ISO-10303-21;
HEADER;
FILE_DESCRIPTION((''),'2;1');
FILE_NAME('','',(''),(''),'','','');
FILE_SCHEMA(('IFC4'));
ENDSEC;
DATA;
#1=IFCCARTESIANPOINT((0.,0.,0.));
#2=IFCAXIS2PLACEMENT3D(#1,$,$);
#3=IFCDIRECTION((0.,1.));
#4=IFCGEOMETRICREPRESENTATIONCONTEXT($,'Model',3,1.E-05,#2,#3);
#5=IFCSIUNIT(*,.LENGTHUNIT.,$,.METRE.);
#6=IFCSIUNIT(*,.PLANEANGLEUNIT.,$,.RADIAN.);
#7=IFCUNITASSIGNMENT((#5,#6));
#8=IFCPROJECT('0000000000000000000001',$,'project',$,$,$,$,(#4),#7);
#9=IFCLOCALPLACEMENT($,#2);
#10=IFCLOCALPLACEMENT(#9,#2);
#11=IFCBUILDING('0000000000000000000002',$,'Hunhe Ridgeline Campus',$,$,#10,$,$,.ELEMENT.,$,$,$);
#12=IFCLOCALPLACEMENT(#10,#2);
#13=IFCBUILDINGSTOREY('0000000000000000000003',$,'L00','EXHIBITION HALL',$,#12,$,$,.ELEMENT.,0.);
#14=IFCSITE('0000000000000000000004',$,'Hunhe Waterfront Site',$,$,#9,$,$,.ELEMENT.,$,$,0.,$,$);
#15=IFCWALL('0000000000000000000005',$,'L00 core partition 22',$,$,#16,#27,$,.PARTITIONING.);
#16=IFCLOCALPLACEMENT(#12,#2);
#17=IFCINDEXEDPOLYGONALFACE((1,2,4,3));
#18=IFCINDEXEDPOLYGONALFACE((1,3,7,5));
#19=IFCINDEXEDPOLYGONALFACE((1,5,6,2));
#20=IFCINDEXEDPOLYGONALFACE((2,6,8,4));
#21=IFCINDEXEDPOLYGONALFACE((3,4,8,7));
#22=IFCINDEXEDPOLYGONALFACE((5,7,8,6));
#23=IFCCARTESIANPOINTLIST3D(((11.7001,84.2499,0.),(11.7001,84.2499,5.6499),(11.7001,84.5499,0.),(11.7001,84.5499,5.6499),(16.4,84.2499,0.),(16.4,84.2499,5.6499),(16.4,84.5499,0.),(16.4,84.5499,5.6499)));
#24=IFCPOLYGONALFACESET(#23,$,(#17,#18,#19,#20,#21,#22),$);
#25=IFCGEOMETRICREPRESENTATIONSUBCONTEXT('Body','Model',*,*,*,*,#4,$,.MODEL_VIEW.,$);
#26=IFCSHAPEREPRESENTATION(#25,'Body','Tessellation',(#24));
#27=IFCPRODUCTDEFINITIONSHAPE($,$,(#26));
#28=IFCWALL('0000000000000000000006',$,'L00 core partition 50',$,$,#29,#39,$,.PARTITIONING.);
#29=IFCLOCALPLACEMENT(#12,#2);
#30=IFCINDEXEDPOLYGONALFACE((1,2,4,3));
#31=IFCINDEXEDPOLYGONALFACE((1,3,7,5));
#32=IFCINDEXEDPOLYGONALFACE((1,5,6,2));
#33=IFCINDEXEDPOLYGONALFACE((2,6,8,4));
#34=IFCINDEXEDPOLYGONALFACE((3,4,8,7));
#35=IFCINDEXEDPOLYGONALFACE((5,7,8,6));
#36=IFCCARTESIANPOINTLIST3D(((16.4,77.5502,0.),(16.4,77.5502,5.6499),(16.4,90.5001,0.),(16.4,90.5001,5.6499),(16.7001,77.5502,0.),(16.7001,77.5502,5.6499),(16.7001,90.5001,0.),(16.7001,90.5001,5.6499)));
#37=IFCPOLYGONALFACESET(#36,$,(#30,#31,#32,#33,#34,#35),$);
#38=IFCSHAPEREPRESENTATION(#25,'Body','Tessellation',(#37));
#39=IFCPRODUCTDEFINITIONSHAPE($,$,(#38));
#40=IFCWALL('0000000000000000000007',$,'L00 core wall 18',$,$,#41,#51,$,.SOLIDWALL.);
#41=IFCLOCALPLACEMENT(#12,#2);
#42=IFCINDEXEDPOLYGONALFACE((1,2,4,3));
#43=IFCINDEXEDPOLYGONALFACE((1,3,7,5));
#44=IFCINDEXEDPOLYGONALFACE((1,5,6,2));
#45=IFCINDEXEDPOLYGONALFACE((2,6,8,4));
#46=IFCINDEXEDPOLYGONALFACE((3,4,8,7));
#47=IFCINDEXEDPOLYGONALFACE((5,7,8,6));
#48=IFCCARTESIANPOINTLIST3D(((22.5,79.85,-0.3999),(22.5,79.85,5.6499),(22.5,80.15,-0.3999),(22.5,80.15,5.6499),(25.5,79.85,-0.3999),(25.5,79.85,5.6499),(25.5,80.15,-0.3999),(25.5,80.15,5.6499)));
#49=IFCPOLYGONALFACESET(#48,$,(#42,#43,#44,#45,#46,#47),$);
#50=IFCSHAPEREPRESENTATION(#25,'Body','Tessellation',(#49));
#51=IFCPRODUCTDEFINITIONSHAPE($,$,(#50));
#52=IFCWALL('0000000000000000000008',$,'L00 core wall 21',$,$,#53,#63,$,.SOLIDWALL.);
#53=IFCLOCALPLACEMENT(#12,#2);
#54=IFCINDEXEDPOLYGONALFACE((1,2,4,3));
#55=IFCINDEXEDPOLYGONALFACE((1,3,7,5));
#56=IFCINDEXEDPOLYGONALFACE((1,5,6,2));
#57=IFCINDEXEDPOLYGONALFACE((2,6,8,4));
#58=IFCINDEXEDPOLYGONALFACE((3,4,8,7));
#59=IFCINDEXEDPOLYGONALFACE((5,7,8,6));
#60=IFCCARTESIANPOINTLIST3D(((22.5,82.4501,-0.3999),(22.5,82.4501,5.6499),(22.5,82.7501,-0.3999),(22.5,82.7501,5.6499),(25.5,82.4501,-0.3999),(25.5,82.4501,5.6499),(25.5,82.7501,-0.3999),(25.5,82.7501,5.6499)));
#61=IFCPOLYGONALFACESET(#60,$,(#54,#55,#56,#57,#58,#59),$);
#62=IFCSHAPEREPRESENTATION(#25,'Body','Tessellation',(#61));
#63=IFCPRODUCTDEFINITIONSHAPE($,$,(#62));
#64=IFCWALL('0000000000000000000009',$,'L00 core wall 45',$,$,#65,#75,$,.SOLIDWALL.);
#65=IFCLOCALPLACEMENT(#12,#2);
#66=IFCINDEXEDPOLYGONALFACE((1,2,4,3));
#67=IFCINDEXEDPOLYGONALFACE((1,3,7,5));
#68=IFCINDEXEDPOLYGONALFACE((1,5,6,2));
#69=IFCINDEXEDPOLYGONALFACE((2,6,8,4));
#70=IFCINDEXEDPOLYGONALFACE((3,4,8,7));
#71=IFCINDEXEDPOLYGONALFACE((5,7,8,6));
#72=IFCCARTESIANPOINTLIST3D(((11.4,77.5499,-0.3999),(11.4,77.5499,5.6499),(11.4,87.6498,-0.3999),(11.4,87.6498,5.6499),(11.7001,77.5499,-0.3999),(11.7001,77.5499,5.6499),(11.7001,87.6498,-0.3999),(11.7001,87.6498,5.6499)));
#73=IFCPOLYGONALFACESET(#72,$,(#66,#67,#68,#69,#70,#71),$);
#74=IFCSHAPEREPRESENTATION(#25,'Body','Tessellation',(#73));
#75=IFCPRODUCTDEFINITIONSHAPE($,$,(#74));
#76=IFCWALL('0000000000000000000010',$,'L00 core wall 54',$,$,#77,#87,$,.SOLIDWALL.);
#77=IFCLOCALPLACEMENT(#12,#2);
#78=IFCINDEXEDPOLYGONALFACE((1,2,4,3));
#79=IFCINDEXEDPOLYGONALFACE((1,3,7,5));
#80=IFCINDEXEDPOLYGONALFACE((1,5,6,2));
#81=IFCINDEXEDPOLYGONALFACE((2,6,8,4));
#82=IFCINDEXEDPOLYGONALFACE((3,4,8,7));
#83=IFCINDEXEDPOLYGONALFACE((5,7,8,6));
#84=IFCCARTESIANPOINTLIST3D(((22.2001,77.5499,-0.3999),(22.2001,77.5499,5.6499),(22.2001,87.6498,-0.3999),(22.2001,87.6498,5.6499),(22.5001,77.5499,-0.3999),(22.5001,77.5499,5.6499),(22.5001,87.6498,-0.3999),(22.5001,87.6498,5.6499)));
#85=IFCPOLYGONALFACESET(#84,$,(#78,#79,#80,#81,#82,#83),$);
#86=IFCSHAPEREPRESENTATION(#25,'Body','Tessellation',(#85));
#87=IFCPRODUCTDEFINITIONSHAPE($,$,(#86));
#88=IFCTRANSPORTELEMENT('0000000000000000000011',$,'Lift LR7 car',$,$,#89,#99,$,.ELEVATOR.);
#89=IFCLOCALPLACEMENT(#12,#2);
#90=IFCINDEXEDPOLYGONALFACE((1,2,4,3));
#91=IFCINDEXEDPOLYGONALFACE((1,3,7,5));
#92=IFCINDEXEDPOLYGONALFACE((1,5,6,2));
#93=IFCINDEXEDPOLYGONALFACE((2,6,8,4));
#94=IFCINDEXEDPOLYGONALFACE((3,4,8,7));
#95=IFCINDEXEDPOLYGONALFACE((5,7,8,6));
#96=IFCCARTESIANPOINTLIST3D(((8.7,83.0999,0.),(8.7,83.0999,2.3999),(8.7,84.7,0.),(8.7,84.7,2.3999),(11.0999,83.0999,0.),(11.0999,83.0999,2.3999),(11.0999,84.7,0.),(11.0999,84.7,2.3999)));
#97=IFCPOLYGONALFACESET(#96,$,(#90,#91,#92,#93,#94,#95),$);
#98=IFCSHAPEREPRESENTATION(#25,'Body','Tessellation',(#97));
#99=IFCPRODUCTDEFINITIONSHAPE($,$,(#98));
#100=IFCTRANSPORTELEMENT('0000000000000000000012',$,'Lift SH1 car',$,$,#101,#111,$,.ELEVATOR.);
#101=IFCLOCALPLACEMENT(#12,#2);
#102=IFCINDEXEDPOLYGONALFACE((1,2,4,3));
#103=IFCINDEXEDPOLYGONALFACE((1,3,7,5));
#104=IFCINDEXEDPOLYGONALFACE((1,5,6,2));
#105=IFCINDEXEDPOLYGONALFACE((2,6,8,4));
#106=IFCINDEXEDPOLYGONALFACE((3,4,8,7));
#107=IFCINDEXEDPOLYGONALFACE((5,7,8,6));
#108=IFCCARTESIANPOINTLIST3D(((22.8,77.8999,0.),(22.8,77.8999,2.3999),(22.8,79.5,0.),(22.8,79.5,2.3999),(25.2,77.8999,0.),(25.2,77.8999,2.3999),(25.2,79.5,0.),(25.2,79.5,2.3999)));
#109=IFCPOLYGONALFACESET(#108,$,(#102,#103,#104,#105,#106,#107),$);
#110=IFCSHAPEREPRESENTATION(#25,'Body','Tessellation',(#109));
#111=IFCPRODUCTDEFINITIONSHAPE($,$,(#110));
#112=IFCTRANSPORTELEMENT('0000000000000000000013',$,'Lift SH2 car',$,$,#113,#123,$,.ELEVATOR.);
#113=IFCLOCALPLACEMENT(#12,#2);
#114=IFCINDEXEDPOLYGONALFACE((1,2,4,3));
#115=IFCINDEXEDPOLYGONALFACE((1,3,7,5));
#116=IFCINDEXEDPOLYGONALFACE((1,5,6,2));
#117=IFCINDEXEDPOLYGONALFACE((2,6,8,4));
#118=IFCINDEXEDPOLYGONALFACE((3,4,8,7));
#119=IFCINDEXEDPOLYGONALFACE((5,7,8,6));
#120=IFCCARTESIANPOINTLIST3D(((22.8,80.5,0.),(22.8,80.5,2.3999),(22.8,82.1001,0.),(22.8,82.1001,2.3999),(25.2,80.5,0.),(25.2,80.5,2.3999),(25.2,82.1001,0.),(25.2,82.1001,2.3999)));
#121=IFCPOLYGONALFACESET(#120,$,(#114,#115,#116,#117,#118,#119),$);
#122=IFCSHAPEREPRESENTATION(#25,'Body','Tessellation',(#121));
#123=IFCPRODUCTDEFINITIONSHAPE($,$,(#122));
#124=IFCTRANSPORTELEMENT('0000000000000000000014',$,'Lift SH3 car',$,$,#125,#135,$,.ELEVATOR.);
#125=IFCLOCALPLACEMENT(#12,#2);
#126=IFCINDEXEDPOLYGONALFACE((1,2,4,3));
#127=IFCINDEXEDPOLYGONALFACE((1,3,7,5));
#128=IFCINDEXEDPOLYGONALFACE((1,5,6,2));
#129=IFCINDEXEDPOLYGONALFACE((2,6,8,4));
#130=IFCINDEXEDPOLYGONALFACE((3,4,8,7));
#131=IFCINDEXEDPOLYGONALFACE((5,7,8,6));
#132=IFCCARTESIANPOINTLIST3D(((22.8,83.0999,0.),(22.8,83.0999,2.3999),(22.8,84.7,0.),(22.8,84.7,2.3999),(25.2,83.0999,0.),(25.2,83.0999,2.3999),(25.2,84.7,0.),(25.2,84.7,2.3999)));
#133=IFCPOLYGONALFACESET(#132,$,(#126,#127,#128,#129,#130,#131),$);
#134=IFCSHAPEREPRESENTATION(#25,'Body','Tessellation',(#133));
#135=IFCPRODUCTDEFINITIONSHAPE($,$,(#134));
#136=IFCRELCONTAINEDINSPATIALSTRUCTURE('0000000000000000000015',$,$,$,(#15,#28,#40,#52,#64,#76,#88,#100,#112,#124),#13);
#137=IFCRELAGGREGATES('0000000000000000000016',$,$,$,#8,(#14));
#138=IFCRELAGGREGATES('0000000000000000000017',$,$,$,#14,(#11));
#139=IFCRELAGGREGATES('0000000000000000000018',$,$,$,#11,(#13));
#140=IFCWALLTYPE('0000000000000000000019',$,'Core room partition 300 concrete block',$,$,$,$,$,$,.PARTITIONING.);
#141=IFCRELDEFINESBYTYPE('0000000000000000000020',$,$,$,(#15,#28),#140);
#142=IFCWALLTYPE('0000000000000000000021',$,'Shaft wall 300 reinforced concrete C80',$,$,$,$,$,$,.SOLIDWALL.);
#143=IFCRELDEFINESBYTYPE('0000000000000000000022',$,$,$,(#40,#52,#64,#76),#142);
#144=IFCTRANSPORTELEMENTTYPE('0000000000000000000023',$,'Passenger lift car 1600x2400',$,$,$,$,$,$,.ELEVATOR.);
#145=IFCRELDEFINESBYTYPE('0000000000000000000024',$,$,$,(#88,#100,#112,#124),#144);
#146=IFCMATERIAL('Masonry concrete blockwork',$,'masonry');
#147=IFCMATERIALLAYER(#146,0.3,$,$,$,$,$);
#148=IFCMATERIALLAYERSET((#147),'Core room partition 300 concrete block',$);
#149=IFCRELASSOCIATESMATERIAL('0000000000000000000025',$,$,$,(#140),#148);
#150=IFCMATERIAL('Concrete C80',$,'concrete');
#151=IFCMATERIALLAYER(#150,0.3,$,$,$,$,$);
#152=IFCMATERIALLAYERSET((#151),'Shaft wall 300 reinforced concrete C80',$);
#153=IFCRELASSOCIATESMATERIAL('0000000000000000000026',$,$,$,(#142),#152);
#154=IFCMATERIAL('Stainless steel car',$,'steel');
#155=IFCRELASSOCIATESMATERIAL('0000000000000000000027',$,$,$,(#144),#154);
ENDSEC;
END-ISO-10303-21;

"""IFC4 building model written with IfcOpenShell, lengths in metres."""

from ifc_helpers import new_model, si_unit, direction, frame, frame_2d, origin, origin_2d, place, context, subcontext, project, spatial, rectangle, extrude, material, layer, layer_set, type_object, element, save


model = new_model("IFC4")

# Units and contexts
model_context = context("Model", 3, precision=1e-05, world=origin(), true_north=direction((0.0, 1.0)))
body_context = subcontext(model_context, "Body", "Model", "MODEL_VIEW")
ifc_project = project(units=[si_unit("LENGTHUNIT", "METRE"), si_unit("PLANEANGLEUNIT", "RADIAN")], contexts=[model_context])

# Site, building, storey
site_placement = place(None, origin())
site = spatial("IfcSite", under=ifc_project, at=site_placement, Name="Hunhe Waterfront Site", CompositionType="ELEMENT", RefElevation=0.0)
building_placement = place(site_placement, origin())
building = spatial("IfcBuilding", under=site, at=building_placement, Name="Hunhe Ridgeline Campus", CompositionType="ELEMENT")
storey_placement = place(building_placement, origin())
storey = spatial("IfcBuildingStorey", under=building, at=storey_placement, Name="L00", Description="EXHIBITION HALL", CompositionType="ELEMENT", Elevation=0.0)

# Shared definitions
ifc_material_1 = material(Name="Masonry concrete blockwork", Category="masonry")
ifc_layer_1 = layer(ifc_material_1, 0.3)
ifc_layer_set_1 = layer_set([ifc_layer_1], Name="Core room partition 300 concrete block")
wall_type_1 = type_object("IfcWallType", Name="Core room partition 300 concrete block", PredefinedType="PARTITIONING", material=ifc_layer_set_1)

# Walls
wall_1_placement = place(storey_placement, frame((11.7, 84.3999, 0.0), z_axis=(0.0, 0.0, 1.0), x_axis=(1.0, 0.0, 0.0)))
element("IfcWall", 1, at=wall_1_placement, inside=storey, type_object=wall_type_1, Name="L00 core partition 22", PredefinedType="PARTITIONING", context=body_context, shape_type="SweptSolid", body=[
    extrude(rectangle(XDim=4.7, YDim=0.3, at=frame_2d((2.3501, 0.0))), origin(), (0.0, 0.0, 1.0), 5.6499),
])
wall_2_placement = place(storey_placement, frame((16.55, 77.55, 0.0), z_axis=(0.0, 0.0, 1.0), x_axis=(0.0, 1.0, 0.0)))
element("IfcWall", 2, at=wall_2_placement, inside=storey, type_object=wall_type_1, Name="L00 core partition 50", PredefinedType="PARTITIONING", context=body_context, shape_type="SweptSolid", body=[
    extrude(rectangle(XDim=12.95, YDim=0.3, at=frame_2d((6.4751, 0.0))), origin(), (0.0, 0.0, 1.0), 5.6499),
])
ifc_material_2 = material(Name="Concrete C80", Category="concrete")
ifc_layer_2 = layer(ifc_material_2, 0.3)
ifc_layer_set_2 = layer_set([ifc_layer_2], Name="Shaft wall 300 reinforced concrete C80")
wall_type_2 = type_object("IfcWallType", Name="Shaft wall 300 reinforced concrete C80", PredefinedType="SOLIDWALL", material=ifc_layer_set_2)
for number, where, z_axis, x_axis, name in (
    (3, (22.5, 80.0, -0.3999), (0.0, 0.0, 1.0), (1.0, 0.0, 0.0), "L00 core wall 18"),
    (4, (22.5, 82.6001, -0.3999), (0.0, 0.0, 1.0), (1.0, 0.0, 0.0), "L00 core wall 21"),
):
    element("IfcWall", number, at=place(storey_placement, frame(where, z_axis=z_axis, x_axis=x_axis)), inside=storey, type_object=wall_type_2, Name=name, PredefinedType="SOLIDWALL", context=body_context, shape_type="SweptSolid", body=[
        extrude(rectangle(XDim=3.0, YDim=0.3, at=frame_2d((1.5, 0.0))), origin(), (0.0, 0.0, 1.0), 6.0498),
    ])
for number, where, z_axis, x_axis, name in (
    (5, (11.55, 77.55, -0.3999), (0.0, 0.0, 1.0), (0.0, 1.0, 0.0), "L00 core wall 45"),
    (6, (22.3501, 77.55, -0.3999), (0.0, 0.0, 1.0), (0.0, 1.0, 0.0), "L00 core wall 54"),
):
    element("IfcWall", number, at=place(storey_placement, frame(where, z_axis=z_axis, x_axis=x_axis)), inside=storey, type_object=wall_type_2, Name=name, PredefinedType="SOLIDWALL", context=body_context, shape_type="SweptSolid", body=[
        extrude(rectangle(XDim=10.0999, YDim=0.3, at=frame_2d((5.0498, 0.0))), origin(), (0.0, 0.0, 1.0), 6.0498),
    ])

# Transport elements
ifc_material_3 = material(Name="Stainless steel car", Category="steel")
transport_element_type = type_object("IfcTransportElementType", Name="Passenger lift car 1600x2400", PredefinedType="ELEVATOR", material=ifc_material_3)
for number, where, z_axis, x_axis, name in (
    (7, (9.8999, 83.8999, 0.0), (0.0, 0.0, 1.0), (1.0, 0.0, 0.0), "Lift LR7 car"),
    (8, (24.0, 78.7, 0.0), (0.0, 0.0, 1.0), (1.0, 0.0, 0.0), "Lift SH1 car"),
    (9, (24.0, 81.3, 0.0), (0.0, 0.0, 1.0), (1.0, 0.0, 0.0), "Lift SH2 car"),
    (10, (24.0, 83.8999, 0.0), (0.0, 0.0, 1.0), (1.0, 0.0, 0.0), "Lift SH3 car"),
):
    element("IfcTransportElement", number, at=place(storey_placement, frame(where, z_axis=z_axis, x_axis=x_axis)), inside=storey, type_object=transport_element_type, Name=name, PredefinedType="ELEVATOR", context=body_context, shape_type="SweptSolid", body=[
        extrude(rectangle(XDim=2.3999, YDim=1.6001, at=origin_2d()), origin(), (0.0, 0.0, 1.0), 2.3999),
    ])

save(model, "model.ifc")
